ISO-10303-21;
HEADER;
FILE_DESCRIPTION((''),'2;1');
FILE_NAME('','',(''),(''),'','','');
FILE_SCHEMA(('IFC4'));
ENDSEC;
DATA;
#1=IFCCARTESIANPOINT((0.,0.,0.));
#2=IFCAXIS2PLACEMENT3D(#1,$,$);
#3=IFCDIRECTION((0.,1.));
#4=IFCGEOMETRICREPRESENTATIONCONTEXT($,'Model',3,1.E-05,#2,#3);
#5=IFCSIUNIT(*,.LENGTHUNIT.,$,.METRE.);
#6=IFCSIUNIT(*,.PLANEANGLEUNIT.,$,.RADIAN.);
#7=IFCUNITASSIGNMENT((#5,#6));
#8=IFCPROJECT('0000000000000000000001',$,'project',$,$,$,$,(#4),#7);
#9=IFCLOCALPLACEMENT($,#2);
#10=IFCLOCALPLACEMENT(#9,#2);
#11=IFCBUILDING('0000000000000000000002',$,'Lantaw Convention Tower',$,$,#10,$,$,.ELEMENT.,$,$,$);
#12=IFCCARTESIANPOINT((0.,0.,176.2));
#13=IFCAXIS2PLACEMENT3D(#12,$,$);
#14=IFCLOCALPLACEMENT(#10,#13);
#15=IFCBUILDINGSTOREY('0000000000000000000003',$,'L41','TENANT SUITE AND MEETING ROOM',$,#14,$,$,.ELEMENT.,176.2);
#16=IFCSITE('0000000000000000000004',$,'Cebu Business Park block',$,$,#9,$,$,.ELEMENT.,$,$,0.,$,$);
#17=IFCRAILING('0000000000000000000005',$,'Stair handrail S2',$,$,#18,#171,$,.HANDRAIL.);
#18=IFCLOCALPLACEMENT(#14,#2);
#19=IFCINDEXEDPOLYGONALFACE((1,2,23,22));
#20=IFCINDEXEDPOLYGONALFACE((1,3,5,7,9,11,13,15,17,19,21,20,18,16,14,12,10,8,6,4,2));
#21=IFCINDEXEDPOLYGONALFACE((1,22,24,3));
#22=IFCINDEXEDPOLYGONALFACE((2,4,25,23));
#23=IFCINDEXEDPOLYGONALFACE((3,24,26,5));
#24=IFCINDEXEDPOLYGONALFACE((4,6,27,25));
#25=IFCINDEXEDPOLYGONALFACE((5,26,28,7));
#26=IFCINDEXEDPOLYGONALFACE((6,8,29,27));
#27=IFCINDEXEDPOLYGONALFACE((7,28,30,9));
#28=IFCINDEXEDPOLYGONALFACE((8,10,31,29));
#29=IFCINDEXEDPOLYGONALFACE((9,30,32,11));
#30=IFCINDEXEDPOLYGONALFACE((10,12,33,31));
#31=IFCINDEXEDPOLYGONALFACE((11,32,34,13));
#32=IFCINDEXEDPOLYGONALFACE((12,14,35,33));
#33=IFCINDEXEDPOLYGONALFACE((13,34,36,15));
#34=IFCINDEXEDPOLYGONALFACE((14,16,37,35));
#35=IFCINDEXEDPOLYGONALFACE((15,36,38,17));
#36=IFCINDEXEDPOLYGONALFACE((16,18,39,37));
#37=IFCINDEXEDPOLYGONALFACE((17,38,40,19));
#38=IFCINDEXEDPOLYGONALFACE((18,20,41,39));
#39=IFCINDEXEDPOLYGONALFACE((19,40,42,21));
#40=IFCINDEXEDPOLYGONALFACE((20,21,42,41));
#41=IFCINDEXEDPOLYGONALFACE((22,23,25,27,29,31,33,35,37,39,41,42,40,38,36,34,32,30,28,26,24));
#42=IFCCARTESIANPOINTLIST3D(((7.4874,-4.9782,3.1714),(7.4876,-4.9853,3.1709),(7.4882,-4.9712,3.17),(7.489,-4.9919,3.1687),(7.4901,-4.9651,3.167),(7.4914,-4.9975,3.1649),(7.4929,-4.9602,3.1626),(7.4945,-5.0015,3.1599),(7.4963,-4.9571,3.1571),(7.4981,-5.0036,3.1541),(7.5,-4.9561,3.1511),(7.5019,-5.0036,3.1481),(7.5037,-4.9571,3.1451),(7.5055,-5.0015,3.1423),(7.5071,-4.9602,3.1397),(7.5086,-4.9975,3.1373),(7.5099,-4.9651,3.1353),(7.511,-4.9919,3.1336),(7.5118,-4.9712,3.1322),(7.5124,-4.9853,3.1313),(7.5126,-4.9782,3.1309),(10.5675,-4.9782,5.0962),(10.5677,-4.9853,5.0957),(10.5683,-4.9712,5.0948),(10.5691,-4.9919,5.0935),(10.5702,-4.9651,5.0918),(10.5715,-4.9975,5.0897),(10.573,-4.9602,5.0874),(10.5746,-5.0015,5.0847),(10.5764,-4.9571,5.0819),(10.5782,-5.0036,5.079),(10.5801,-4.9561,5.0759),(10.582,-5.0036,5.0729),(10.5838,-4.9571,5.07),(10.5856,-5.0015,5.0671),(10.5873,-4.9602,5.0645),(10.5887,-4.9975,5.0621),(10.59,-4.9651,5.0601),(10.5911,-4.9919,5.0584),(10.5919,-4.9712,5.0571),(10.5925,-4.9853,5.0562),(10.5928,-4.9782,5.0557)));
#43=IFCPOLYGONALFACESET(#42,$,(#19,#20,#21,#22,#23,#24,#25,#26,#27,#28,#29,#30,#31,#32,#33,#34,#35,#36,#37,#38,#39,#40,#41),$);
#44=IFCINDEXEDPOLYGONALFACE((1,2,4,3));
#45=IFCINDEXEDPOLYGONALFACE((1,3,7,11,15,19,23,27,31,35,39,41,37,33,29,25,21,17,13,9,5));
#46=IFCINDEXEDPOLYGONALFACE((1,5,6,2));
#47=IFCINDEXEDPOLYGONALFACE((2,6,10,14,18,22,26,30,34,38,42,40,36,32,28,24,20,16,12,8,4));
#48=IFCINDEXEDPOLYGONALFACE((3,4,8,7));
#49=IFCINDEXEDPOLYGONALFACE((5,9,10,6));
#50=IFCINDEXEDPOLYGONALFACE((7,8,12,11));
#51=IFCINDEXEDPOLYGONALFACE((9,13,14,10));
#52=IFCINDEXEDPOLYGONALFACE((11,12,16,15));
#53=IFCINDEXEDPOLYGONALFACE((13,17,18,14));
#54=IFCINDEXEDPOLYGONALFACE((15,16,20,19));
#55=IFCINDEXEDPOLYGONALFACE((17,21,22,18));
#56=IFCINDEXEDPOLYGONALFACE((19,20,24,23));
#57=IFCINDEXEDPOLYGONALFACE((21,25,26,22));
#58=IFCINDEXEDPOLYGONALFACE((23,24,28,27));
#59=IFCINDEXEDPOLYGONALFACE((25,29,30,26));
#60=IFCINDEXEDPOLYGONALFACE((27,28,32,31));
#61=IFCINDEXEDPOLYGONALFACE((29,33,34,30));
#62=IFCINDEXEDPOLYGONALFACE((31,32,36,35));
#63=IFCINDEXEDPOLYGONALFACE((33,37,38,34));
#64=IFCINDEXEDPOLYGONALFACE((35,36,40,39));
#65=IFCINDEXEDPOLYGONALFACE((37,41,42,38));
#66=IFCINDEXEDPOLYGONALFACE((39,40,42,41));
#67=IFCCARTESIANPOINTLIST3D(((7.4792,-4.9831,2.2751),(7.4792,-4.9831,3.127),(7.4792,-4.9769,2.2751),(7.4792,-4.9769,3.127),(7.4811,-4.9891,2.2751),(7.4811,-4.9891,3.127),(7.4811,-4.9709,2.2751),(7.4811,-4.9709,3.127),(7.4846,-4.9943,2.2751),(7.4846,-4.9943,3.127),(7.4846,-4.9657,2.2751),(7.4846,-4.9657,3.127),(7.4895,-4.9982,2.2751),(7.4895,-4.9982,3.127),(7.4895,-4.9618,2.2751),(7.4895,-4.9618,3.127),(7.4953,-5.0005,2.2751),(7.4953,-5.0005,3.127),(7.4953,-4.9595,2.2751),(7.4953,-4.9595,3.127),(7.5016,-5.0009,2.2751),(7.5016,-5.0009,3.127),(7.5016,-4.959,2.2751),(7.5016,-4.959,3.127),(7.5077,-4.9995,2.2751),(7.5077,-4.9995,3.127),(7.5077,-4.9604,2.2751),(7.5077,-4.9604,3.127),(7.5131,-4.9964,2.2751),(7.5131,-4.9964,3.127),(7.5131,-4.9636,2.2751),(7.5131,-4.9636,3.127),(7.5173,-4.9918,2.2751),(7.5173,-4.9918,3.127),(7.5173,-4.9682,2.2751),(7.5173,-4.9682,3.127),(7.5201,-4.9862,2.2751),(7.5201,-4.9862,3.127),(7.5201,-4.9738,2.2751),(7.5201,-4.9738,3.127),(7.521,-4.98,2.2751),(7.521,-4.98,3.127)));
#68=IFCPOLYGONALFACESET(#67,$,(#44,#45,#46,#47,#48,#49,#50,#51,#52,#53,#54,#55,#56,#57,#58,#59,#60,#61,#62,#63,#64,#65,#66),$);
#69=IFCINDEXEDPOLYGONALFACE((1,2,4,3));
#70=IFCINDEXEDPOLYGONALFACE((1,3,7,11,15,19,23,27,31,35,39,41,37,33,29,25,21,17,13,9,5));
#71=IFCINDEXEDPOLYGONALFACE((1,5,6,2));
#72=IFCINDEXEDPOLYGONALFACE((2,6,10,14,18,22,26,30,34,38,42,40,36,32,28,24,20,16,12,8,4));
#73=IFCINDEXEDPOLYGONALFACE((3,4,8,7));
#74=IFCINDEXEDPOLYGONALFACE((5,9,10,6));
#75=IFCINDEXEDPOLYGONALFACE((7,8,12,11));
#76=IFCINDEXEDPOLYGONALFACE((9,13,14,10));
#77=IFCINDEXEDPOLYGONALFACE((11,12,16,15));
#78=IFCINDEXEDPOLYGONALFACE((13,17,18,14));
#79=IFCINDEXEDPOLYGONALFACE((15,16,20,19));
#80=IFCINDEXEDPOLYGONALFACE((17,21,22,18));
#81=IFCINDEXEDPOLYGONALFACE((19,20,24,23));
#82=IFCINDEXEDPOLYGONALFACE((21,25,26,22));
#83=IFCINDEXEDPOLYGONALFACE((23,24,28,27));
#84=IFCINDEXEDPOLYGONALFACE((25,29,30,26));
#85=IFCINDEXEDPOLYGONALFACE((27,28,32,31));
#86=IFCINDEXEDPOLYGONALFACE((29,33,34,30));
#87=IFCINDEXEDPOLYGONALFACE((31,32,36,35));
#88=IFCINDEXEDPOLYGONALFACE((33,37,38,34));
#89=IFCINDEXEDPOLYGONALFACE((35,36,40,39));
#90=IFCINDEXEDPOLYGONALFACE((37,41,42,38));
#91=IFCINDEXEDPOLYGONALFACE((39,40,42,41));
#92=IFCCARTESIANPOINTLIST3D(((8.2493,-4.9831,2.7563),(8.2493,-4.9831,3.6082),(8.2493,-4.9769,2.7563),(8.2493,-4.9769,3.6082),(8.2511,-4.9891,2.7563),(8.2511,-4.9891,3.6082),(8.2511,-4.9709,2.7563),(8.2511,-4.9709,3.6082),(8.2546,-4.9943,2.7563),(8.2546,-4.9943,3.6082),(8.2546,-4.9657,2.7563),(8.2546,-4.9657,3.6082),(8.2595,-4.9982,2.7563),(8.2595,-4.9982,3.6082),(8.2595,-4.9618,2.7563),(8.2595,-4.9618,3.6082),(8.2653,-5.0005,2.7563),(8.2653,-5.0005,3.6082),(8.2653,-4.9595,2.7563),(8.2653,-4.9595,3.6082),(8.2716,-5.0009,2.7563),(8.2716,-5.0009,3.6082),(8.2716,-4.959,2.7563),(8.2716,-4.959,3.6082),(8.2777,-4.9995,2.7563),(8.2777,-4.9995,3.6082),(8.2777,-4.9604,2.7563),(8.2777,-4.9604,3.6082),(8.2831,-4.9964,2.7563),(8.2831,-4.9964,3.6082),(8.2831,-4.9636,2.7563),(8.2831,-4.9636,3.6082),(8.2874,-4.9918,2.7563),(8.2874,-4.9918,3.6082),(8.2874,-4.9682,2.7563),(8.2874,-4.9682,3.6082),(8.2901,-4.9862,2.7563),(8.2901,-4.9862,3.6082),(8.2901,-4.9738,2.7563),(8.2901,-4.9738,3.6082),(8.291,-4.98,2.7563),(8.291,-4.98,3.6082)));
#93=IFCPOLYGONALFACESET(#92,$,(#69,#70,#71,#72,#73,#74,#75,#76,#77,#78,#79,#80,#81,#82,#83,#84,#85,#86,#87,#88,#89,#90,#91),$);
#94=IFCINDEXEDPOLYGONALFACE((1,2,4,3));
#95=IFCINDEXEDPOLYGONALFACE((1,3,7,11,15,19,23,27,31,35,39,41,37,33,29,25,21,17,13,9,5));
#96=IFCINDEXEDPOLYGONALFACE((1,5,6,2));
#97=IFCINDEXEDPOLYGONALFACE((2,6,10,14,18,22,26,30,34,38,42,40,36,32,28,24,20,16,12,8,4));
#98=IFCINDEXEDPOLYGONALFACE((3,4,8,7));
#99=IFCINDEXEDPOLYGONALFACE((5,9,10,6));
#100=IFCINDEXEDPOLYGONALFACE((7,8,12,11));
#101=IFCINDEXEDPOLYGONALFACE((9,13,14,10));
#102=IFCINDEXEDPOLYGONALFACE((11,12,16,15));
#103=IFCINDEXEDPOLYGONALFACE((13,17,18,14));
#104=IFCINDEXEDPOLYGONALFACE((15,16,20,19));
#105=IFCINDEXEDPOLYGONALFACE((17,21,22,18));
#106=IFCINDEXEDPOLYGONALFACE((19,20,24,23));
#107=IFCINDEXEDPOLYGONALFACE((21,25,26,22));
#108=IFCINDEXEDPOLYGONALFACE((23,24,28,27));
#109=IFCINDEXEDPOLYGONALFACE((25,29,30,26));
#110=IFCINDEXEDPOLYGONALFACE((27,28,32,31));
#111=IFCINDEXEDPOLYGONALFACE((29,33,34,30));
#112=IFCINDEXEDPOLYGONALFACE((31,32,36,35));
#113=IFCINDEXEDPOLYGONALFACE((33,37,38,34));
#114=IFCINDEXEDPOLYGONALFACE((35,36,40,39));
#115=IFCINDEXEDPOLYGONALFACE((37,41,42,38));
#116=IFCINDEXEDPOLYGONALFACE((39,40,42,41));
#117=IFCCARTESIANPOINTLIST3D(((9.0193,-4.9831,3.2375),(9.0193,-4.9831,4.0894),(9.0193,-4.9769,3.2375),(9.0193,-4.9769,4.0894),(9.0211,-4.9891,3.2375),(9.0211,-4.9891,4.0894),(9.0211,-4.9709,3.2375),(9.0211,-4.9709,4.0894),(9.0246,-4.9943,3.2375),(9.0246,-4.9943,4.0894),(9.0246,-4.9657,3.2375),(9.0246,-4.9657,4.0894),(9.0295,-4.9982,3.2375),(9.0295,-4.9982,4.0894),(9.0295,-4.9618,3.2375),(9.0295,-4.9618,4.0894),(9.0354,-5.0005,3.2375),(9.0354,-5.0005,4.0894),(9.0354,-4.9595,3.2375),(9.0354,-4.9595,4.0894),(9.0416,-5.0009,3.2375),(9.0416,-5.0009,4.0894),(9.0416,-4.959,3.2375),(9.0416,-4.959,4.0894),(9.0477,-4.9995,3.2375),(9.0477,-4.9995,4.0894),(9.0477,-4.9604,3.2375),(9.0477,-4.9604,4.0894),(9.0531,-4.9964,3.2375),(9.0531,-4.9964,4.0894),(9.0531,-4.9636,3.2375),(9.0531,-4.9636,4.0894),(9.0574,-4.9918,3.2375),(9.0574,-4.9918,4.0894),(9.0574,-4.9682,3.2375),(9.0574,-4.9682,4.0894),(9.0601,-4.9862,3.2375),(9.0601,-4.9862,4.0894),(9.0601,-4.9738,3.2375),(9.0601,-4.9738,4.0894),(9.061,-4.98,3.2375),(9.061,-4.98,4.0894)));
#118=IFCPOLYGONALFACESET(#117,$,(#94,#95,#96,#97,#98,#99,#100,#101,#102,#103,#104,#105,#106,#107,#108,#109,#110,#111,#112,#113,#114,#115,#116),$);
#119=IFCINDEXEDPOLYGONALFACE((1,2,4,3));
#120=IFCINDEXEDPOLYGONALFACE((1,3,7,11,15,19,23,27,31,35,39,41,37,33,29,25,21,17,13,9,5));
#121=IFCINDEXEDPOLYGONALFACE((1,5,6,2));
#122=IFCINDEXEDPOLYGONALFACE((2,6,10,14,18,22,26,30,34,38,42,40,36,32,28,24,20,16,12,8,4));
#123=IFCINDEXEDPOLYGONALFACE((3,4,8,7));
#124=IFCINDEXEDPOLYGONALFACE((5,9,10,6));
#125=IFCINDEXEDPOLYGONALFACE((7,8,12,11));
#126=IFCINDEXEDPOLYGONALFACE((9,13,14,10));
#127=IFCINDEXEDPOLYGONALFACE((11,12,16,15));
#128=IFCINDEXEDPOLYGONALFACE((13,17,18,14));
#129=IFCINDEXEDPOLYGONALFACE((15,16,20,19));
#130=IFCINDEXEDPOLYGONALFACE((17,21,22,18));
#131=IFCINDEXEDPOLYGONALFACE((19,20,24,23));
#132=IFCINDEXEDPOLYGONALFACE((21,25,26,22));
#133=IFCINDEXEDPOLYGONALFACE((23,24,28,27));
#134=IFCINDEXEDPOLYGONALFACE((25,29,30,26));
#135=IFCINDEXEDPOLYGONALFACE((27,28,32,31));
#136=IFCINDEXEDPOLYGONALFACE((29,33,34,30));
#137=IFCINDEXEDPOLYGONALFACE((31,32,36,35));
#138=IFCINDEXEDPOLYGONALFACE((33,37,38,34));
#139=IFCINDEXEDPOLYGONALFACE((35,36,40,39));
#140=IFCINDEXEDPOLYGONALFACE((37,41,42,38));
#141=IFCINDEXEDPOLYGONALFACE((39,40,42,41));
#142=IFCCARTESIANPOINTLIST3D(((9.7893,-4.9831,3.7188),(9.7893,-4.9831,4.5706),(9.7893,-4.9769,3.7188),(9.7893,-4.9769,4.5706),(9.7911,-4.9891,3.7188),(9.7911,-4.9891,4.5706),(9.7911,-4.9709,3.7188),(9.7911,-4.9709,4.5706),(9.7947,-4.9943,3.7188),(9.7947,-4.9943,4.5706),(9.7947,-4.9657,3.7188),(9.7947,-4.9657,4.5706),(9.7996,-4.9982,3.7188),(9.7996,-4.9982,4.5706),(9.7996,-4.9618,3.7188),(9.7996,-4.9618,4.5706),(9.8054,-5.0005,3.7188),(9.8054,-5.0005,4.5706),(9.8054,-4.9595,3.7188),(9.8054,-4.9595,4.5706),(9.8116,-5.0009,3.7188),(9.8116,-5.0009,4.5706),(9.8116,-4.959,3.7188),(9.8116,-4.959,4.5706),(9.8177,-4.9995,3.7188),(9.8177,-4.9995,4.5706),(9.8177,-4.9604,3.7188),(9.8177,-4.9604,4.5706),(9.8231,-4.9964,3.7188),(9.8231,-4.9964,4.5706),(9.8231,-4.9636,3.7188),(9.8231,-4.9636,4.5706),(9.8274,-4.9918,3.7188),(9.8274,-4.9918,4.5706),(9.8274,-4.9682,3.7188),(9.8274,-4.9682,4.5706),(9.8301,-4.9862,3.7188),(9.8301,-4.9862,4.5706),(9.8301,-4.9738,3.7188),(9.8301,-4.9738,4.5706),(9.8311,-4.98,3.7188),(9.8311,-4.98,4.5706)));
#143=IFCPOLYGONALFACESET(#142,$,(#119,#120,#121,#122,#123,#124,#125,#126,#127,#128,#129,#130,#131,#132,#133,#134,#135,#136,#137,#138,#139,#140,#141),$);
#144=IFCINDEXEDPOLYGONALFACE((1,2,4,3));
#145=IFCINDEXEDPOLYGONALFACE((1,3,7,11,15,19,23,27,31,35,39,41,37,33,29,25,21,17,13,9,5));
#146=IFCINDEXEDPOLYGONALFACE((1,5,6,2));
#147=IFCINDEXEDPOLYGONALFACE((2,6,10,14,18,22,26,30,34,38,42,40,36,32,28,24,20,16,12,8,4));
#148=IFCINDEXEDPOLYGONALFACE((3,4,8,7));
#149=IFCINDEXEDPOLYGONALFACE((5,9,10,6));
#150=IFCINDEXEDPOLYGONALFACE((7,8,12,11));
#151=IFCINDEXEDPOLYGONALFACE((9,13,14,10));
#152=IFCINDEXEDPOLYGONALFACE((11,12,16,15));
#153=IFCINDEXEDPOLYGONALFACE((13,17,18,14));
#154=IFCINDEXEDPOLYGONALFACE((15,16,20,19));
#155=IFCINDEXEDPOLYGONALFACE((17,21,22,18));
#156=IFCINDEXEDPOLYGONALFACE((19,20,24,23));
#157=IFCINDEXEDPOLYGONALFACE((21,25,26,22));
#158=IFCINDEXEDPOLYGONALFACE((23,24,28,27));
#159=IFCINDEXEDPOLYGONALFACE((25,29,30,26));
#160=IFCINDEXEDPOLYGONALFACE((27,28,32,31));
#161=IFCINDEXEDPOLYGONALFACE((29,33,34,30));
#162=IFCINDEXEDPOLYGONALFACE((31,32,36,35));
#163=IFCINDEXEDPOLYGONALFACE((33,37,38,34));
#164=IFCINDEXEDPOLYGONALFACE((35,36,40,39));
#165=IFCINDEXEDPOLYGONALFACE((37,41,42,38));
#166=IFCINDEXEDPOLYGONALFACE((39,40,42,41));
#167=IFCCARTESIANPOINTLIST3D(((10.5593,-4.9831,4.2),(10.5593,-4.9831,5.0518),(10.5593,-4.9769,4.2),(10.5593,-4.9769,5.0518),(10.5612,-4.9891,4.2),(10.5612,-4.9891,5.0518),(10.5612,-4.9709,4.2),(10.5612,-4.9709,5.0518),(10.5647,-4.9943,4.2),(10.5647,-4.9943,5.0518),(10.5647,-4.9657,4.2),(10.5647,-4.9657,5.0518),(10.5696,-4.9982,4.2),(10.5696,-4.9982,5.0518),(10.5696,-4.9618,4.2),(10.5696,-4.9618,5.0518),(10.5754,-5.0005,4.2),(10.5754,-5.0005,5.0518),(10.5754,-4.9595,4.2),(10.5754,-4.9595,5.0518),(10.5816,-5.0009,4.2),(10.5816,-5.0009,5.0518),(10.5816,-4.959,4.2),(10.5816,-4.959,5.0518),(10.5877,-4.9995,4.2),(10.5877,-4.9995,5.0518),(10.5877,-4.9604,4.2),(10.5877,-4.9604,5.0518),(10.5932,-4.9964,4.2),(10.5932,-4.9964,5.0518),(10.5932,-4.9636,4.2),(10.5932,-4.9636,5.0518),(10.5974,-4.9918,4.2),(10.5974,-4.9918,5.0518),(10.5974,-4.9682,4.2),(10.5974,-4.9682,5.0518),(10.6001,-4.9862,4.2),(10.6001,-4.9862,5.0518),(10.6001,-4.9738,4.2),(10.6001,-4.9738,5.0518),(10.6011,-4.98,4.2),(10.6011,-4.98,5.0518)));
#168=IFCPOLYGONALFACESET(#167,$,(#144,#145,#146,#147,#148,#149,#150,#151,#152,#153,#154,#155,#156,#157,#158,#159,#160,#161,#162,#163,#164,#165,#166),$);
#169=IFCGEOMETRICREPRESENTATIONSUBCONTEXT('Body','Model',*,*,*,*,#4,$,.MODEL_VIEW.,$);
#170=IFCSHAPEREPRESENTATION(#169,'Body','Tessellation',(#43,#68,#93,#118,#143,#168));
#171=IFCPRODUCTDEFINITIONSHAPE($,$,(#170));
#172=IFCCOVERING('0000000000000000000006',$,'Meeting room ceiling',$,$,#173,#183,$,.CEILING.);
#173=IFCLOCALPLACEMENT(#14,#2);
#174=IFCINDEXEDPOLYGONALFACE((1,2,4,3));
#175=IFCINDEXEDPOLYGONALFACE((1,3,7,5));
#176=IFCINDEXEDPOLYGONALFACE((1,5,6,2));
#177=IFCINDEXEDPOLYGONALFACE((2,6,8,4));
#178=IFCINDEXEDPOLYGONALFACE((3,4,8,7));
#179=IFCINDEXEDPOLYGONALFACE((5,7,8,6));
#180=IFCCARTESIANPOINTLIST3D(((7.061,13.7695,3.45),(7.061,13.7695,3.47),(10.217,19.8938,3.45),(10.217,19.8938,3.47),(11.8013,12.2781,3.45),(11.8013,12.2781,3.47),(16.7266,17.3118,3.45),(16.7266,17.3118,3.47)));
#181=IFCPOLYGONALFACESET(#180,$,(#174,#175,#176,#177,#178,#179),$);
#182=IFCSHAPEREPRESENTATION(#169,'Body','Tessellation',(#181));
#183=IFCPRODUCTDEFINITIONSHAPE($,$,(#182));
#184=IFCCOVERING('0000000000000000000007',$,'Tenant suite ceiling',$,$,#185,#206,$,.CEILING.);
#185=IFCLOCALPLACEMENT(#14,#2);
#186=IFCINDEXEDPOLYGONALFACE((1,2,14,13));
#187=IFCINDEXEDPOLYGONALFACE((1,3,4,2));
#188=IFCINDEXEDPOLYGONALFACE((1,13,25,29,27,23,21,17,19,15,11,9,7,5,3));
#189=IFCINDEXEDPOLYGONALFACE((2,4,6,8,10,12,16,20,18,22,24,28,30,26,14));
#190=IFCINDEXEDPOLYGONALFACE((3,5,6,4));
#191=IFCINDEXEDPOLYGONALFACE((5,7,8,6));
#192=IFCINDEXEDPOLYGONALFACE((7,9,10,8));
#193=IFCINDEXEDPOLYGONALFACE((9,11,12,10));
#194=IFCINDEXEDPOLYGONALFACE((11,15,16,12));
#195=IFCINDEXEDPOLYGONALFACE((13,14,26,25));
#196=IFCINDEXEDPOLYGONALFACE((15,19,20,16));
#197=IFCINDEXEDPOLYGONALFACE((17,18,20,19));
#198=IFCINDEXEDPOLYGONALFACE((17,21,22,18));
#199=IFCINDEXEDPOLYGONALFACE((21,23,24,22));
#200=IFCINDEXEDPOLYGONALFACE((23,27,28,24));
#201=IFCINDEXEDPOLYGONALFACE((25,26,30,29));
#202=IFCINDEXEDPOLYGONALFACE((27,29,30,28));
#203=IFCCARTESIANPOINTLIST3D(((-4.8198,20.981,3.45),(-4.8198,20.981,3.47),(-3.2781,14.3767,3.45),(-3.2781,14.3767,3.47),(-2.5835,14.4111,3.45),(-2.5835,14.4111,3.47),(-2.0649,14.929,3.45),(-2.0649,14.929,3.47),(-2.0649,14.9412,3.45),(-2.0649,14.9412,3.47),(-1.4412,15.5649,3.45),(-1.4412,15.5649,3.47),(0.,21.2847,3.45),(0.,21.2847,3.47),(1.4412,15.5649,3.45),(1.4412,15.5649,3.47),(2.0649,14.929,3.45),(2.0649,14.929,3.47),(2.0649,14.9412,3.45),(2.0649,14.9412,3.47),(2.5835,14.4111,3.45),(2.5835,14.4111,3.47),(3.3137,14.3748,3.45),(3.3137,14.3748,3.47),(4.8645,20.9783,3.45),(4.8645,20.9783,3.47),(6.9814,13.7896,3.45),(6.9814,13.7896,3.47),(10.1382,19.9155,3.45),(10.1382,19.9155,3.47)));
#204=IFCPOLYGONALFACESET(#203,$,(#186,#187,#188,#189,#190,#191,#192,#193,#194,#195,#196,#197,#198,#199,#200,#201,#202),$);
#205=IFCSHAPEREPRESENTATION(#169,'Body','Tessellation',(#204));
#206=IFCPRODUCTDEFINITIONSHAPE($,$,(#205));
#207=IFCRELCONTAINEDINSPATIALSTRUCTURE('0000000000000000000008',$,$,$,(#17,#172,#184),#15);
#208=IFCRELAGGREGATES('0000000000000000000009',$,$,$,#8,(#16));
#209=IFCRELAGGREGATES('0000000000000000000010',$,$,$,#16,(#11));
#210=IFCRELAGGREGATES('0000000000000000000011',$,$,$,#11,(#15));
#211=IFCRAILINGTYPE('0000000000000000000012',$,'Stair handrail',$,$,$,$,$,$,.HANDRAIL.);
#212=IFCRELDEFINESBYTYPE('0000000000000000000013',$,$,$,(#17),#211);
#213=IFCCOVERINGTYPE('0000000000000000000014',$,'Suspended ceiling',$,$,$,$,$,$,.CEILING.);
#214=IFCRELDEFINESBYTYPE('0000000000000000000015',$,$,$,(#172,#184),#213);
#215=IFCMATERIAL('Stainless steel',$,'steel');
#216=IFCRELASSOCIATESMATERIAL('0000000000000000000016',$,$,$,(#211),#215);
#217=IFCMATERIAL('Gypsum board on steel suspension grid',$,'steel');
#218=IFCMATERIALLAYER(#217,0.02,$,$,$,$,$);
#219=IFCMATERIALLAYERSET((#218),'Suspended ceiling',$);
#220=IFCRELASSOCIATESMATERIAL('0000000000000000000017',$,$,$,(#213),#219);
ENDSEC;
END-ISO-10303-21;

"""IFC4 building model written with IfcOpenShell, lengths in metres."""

from ifc_helpers import new_model, si_unit, direction, frame, origin, origin_2d, place, context, subcontext, project, spatial, polyline, circle, outline, extrude, material, layer, layer_set, type_object, element, save


model = new_model("IFC4")

# Units and contexts
model_context = context("Model", 3, precision=1e-05, world=origin(), true_north=direction((0.0, 1.0)))
body_context = subcontext(model_context, "Body", "Model", "MODEL_VIEW")
ifc_project = project(units=[si_unit("LENGTHUNIT", "METRE"), si_unit("PLANEANGLEUNIT", "RADIAN")], contexts=[model_context])

# Site, building, storey
site_placement = place(None, origin())
site = spatial("IfcSite", under=ifc_project, at=site_placement, Name="Cebu Business Park block", CompositionType="ELEMENT", RefElevation=0.0)
building_placement = place(site_placement, origin())
building = spatial("IfcBuilding", under=site, at=building_placement, Name="Lantaw Convention Tower", CompositionType="ELEMENT")
storey_placement = place(building_placement, frame((0.0, 0.0, 176.2)))
storey = spatial("IfcBuildingStorey", under=building, at=storey_placement, Name="L41", Description="TENANT SUITE AND MEETING ROOM", CompositionType="ELEMENT", Elevation=176.2)

# Railing
ifc_material_1 = material(Name="Stainless steel", Category="steel")
railing_type = type_object("IfcRailingType", Name="Stair handrail", PredefinedType="HANDRAIL", material=ifc_material_1)
railing_1_placement = place(storey_placement, frame((7.5, -4.98, 2.2751)))
element("IfcRailing", 1, at=railing_1_placement, inside=storey, type_object=railing_type, Name="Stair handrail S2", PredefinedType="HANDRAIL", context=body_context, shape_type="SweptSolid", body=[
    extrude(circle(Radius=0.0239, at=origin_2d()), frame((0.0, 0.0, 0.876), z_axis=(0.848029, 0.0, 0.529951), x_axis=(0.0, 1.0, 0.0)), (0.0, 0.0, 1.0), 3.6321),
    extrude(circle(Radius=0.021, at=origin_2d()), origin(), (0.0, 0.0, 1.0), 0.8518),
    extrude(circle(Radius=0.021, at=origin_2d()), frame((0.77, 0.0, 0.4812)), (0.0, 0.0, 1.0), 0.8518),
    extrude(circle(Radius=0.021, at=origin_2d()), frame((1.54, 0.0, 0.9624)), (0.0, 0.0, 1.0), 0.8518),
    extrude(circle(Radius=0.021, at=origin_2d()), frame((2.3101, 0.0, 1.4436)), (0.0, 0.0, 1.0), 0.8518),
    extrude(circle(Radius=0.021, at=origin_2d()), frame((3.0801, 0.0, 1.9248)), (0.0, 0.0, 1.0), 0.8518),
])

# Coverings
ifc_material_2 = material(Name="Gypsum board on steel suspension grid", Category="steel")
ifc_layer_1 = layer(ifc_material_2, 0.02)
ifc_layer_set_1 = layer_set([ifc_layer_1], Name="Suspended ceiling")
covering_type = type_object("IfcCoveringType", Name="Suspended ceiling", PredefinedType="CEILING", material=ifc_layer_set_1)
covering_1_placement = place(storey_placement, frame((0.0, 0.0, 3.45)))
element("IfcCovering", 2, at=covering_1_placement, inside=storey, type_object=covering_type, Name="Meeting room ceiling", PredefinedType="CEILING", context=body_context, shape_type="SweptSolid", body=[
    extrude(outline(polyline([(11.8013, 12.2781), (16.7266, 17.3118), (10.217, 19.8938), (7.061, 13.7695), (11.8013, 12.2781)])), origin(), (0.0, 0.0, 1.0), 0.02),
])
covering_2_placement = place(storey_placement, frame((0.0, 0.0, 3.45)))
element("IfcCovering", 3, at=covering_2_placement, inside=storey, type_object=covering_type, Name="Tenant suite ceiling", PredefinedType="CEILING", context=body_context, shape_type="SweptSolid", body=[
    extrude(outline(polyline([(-2.0649, 14.929), (-2.0649, 14.9412), (-1.4412, 15.5649), (1.4412, 15.5649), (2.0649, 14.9412), (2.0649, 14.929), (2.5835, 14.4111), (3.3137, 14.3748), (6.9814, 13.7896), (10.1382, 19.9155), (4.8645, 20.9783), (0.0, 21.2847), (-4.8198, 20.981), (-3.2781, 14.3767), (-2.5835, 14.4111), (-2.0649, 14.929)])), origin(), (0.0, 0.0, 1.0), 0.02),
])

save(model, "model.ifc")
